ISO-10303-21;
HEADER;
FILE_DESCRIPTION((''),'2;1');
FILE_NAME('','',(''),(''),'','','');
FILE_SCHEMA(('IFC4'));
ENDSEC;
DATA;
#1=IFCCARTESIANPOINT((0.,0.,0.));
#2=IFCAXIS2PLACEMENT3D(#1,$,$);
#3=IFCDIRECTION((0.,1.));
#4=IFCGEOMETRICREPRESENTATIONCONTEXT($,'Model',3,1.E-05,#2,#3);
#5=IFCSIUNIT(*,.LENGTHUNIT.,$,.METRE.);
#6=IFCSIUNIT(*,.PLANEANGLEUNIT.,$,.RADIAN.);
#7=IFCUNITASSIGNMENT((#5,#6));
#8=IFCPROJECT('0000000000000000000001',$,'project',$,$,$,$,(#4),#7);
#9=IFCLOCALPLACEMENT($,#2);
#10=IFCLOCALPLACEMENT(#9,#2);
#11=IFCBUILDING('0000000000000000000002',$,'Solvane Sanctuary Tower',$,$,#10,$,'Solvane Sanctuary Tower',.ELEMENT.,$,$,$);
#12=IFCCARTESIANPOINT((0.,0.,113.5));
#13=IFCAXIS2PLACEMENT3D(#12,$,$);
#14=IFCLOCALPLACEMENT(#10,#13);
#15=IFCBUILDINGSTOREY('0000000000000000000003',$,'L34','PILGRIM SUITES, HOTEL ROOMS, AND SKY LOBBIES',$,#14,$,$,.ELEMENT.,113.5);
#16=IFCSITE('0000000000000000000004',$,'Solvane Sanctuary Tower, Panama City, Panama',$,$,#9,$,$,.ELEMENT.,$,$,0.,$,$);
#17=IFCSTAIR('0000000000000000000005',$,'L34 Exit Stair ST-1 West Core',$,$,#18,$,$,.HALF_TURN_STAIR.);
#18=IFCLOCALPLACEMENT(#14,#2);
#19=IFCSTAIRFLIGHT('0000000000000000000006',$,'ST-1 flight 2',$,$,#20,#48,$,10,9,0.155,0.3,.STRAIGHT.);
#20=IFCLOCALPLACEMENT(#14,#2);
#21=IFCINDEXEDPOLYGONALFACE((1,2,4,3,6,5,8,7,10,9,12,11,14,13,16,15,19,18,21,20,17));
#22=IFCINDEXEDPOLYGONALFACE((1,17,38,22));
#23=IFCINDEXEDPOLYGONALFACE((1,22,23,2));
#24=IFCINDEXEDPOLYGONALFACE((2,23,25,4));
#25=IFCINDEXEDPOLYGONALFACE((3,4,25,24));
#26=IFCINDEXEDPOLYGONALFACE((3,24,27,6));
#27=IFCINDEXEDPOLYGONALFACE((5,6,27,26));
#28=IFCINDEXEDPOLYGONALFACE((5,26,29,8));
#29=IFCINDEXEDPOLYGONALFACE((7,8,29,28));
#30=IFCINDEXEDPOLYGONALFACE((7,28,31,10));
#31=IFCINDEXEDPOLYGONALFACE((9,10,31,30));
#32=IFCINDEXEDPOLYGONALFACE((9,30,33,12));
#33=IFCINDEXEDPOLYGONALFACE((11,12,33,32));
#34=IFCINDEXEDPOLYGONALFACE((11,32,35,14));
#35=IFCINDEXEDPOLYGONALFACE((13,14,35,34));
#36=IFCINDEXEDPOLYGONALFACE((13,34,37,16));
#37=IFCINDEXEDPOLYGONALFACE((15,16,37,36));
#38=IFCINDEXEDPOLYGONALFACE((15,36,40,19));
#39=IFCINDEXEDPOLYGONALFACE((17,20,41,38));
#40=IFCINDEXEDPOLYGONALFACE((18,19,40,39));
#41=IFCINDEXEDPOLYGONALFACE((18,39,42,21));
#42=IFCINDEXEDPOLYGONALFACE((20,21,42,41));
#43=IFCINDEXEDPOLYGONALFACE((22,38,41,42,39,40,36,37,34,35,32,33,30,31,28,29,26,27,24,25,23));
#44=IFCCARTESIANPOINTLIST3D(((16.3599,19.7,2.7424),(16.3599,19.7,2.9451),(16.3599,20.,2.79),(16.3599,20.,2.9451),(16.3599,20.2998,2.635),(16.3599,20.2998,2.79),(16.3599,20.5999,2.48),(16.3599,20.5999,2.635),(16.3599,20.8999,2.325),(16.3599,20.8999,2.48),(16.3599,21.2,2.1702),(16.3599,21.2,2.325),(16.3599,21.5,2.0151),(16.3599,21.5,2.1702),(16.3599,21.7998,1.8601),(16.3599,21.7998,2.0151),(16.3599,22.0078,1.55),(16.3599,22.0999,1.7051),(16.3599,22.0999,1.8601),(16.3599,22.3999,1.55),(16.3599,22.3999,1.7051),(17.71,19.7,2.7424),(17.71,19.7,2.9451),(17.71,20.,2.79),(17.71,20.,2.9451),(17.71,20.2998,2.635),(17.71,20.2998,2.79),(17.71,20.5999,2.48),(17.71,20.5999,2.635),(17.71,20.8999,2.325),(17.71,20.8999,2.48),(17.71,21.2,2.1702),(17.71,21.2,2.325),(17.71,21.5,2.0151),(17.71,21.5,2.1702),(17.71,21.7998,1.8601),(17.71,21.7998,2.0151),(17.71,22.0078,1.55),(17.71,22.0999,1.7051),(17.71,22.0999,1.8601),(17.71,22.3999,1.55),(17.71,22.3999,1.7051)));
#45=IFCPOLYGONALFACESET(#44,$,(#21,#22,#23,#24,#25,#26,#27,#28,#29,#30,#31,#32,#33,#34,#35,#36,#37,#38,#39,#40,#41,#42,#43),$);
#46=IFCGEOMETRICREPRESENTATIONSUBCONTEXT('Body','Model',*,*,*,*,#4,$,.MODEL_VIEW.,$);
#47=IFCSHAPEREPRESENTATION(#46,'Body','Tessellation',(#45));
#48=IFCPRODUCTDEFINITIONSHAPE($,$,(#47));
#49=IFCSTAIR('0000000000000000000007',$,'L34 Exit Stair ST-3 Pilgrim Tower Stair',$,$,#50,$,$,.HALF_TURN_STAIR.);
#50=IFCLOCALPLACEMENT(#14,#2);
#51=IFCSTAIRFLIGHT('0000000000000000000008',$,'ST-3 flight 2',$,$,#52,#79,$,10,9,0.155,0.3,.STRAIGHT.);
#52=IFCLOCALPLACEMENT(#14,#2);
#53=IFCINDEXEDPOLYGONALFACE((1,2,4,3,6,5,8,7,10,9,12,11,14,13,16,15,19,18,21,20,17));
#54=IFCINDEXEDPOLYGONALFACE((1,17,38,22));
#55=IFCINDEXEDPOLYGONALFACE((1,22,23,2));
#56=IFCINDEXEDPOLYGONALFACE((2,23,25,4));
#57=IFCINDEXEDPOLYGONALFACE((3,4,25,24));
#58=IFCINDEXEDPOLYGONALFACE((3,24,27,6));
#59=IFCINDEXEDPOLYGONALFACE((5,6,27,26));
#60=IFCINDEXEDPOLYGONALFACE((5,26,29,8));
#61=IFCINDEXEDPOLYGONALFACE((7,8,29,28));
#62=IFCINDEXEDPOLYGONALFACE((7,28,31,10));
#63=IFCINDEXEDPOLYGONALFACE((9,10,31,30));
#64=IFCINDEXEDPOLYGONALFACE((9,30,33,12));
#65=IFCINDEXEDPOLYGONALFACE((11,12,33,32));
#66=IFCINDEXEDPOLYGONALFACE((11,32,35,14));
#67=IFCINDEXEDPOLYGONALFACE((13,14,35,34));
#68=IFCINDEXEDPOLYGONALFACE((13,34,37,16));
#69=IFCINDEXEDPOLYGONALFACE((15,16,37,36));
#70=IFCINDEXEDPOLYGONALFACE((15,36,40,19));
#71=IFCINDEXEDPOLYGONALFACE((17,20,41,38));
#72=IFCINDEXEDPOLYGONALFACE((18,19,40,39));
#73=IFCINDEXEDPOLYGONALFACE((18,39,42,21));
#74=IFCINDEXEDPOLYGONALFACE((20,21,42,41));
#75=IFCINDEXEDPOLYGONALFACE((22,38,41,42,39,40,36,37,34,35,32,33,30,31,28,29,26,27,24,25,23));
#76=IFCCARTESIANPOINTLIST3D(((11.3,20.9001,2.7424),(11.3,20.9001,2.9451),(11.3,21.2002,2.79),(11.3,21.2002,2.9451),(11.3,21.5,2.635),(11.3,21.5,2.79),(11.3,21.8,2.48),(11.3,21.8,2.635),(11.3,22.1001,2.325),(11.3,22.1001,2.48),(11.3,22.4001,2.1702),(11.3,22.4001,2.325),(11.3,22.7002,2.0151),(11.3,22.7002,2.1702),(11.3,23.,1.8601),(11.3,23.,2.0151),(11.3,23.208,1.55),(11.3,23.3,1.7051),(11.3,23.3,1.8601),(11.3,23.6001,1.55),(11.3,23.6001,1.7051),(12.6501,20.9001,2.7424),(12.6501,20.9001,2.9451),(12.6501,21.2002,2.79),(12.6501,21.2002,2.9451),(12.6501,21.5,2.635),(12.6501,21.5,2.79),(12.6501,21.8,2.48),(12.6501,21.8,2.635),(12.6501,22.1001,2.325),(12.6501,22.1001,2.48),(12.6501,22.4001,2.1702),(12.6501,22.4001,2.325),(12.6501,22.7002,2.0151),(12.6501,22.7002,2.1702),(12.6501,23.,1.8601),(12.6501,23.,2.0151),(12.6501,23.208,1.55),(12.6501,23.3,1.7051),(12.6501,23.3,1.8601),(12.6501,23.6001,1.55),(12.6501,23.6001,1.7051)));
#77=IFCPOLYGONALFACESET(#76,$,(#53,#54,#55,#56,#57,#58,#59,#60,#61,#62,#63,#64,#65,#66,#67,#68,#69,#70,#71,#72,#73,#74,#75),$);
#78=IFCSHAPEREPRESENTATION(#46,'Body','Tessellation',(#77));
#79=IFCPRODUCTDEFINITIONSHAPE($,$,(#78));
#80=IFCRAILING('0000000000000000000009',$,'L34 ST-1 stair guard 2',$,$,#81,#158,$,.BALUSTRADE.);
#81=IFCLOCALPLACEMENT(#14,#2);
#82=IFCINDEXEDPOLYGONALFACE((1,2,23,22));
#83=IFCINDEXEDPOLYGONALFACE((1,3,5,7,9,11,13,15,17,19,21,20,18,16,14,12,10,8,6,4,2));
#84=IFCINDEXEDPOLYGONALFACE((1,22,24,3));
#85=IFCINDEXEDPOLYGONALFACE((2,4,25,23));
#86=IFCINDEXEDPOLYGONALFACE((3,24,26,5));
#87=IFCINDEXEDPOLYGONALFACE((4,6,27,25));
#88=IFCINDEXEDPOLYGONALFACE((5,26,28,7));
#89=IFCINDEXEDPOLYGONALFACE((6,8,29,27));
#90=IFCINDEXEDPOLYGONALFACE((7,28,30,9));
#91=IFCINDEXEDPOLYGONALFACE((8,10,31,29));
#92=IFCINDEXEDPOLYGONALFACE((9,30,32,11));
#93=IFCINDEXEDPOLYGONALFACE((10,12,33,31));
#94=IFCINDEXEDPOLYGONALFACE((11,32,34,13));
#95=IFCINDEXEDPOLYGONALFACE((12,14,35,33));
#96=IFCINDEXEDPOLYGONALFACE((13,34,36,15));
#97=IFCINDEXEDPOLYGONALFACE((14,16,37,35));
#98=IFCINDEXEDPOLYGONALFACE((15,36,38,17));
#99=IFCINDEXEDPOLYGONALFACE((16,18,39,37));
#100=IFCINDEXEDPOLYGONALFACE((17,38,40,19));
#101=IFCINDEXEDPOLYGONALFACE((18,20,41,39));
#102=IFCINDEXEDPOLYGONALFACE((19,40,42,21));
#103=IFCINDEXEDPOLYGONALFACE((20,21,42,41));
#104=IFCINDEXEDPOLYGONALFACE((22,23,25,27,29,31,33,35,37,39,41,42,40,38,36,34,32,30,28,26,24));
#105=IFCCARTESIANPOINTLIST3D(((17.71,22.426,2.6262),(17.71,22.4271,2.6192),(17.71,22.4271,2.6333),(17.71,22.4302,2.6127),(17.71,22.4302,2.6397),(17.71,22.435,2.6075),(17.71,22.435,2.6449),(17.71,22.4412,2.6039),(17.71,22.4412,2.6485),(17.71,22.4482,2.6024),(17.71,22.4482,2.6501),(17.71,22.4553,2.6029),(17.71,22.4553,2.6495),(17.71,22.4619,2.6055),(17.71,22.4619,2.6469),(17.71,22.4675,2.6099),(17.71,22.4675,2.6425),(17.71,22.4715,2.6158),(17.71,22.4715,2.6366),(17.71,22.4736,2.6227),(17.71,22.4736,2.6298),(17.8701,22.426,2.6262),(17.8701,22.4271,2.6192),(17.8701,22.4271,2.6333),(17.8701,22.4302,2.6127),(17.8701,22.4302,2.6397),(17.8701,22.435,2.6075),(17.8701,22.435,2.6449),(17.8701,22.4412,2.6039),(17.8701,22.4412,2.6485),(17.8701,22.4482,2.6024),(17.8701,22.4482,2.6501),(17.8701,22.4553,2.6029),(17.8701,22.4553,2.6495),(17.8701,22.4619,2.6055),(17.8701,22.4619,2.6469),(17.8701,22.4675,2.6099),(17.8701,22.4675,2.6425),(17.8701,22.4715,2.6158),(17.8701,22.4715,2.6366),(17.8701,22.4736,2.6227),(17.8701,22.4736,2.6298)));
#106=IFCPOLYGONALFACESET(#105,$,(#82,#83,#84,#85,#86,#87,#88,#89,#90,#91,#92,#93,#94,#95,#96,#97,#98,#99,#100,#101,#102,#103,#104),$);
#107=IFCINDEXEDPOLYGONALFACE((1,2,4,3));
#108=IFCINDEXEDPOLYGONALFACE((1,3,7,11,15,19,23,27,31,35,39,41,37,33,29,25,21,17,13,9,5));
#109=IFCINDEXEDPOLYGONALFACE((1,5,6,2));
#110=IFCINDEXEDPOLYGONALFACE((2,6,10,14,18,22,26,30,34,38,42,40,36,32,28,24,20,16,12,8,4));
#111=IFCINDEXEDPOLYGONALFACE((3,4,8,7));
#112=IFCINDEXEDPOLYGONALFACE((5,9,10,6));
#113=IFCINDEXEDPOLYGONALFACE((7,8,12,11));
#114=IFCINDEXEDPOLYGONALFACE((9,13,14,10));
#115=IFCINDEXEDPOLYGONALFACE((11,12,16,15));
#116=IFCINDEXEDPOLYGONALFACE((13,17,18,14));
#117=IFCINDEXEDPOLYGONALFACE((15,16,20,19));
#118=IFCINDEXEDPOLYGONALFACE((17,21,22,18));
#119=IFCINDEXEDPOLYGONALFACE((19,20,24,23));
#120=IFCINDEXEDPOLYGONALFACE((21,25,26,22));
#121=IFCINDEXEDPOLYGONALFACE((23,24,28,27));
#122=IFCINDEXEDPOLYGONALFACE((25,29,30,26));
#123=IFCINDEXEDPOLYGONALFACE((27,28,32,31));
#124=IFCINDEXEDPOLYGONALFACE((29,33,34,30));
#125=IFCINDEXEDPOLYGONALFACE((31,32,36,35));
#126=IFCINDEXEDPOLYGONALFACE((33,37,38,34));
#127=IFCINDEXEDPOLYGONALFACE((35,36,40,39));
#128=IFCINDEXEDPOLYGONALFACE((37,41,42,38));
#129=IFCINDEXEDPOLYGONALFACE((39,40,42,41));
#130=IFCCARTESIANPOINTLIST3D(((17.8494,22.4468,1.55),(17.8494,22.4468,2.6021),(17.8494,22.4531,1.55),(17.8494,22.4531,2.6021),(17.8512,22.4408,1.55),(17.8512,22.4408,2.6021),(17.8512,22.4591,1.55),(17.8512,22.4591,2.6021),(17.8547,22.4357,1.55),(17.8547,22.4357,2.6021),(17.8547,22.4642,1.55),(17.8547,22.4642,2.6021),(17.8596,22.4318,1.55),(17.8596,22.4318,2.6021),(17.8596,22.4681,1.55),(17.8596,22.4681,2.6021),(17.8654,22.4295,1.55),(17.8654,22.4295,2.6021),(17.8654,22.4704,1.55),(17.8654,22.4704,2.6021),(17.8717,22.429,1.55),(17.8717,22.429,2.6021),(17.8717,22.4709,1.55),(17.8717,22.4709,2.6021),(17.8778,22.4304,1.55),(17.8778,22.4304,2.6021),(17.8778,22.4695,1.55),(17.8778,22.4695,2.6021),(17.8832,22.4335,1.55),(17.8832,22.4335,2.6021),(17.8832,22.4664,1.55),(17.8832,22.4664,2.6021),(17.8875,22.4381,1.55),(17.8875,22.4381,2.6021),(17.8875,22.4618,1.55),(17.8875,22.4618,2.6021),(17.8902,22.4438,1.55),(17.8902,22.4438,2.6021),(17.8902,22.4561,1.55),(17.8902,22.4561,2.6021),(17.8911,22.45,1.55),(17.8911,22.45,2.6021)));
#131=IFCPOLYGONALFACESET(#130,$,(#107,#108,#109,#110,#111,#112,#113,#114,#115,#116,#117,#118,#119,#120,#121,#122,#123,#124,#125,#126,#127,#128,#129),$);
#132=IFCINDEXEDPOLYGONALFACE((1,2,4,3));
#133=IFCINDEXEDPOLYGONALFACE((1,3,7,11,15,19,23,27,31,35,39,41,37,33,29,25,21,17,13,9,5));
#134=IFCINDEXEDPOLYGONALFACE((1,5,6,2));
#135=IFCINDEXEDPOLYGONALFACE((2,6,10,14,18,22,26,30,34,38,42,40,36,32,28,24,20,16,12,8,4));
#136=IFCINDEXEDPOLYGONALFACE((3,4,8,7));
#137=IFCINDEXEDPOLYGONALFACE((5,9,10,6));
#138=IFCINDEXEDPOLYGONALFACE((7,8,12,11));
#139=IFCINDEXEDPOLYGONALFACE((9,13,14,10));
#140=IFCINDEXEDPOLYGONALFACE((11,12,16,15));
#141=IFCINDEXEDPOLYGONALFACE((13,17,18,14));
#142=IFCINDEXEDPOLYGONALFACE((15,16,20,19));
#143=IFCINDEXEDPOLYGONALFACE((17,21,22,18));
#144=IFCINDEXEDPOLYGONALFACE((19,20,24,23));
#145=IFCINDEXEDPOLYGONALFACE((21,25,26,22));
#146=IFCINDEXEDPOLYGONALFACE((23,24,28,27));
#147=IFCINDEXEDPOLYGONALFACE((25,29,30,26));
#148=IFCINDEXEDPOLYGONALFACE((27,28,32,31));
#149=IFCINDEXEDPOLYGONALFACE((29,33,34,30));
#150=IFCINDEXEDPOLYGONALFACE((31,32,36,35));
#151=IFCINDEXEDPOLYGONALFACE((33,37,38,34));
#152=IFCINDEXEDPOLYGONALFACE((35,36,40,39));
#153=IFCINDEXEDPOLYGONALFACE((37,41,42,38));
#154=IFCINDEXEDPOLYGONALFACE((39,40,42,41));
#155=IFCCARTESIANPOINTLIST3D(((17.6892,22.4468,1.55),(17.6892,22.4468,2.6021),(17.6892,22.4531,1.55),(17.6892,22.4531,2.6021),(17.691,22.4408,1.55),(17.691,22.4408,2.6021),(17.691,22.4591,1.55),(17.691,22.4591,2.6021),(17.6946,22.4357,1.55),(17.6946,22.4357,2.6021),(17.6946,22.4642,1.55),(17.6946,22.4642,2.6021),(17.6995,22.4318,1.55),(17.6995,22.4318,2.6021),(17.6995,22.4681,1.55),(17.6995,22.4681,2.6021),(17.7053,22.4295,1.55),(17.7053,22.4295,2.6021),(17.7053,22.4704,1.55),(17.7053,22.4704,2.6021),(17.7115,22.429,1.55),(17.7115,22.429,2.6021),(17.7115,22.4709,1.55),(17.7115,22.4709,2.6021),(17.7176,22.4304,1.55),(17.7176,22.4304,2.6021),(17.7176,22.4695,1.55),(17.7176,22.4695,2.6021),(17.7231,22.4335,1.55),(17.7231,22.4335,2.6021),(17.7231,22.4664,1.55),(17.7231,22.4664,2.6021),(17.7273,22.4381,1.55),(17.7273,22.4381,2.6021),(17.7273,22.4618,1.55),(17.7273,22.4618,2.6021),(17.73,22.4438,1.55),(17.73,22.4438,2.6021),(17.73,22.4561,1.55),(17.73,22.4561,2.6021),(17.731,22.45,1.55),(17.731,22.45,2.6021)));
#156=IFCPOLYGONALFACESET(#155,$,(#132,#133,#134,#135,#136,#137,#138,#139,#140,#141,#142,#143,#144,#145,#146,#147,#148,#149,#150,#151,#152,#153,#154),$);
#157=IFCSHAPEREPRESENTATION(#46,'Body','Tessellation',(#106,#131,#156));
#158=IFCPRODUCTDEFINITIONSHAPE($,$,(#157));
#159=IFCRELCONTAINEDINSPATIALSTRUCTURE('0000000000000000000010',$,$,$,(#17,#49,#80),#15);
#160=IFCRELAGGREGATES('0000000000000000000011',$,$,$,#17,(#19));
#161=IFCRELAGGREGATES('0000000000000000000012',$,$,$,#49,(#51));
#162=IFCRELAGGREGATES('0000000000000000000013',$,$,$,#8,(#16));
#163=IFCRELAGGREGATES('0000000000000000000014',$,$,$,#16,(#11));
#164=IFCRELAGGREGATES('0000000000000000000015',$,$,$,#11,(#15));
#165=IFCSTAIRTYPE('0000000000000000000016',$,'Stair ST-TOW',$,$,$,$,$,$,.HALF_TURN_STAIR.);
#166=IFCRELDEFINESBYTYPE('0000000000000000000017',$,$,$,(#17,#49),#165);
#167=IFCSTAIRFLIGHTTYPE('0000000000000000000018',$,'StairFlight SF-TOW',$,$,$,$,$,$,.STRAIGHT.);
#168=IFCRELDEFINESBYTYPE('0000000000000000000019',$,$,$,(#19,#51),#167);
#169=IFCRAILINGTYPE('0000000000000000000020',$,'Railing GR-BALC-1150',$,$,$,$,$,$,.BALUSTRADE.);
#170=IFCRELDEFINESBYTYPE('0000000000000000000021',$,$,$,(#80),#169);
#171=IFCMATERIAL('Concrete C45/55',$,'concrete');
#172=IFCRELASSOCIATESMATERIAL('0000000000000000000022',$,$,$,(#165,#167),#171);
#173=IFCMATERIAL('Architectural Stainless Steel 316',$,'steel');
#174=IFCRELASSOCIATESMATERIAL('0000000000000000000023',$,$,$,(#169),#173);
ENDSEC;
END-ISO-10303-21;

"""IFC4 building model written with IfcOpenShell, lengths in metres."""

from ifc_helpers import new_model, si_unit, direction, frame, origin, origin_2d, place, context, subcontext, project, spatial, polyline, circle, outline, extrude, material, type_object, element, aggregate, save


model = new_model("IFC4")

# Units and contexts
model_context = context("Model", 3, precision=1e-05, world=origin(), true_north=direction((0.0, 1.0)))
body_context = subcontext(model_context, "Body", "Model", "MODEL_VIEW")
ifc_project = project(units=[si_unit("LENGTHUNIT", "METRE"), si_unit("PLANEANGLEUNIT", "RADIAN")], contexts=[model_context])

# Site, building, storey
site_placement = place(None, origin())
site = spatial("IfcSite", under=ifc_project, at=site_placement, Name="Solvane Sanctuary Tower, Panama City, Panama", CompositionType="ELEMENT", RefElevation=0.0)
building_placement = place(site_placement, origin())
building = spatial("IfcBuilding", under=site, at=building_placement, Name="Solvane Sanctuary Tower", LongName="Solvane Sanctuary Tower", CompositionType="ELEMENT")
storey_placement = place(building_placement, frame((0.0, 0.0, 113.5)))
storey = spatial("IfcBuildingStorey", under=building, at=storey_placement, Name="L34", Description="PILGRIM SUITES, HOTEL ROOMS, AND SKY LOBBIES", CompositionType="ELEMENT", Elevation=113.5)

# Shared definitions
ifc_material_1 = material(Name="Architectural Stainless Steel 316", Category="steel")

# Stairs, stair flights
ifc_material_2 = material(Name="Concrete C45/55", Category="concrete")
stair_type = type_object("IfcStairType", Name="Stair ST-TOW", PredefinedType="HALF_TURN_STAIR", material=ifc_material_2)
stair_1_placement = place(storey_placement, origin())
stair_1 = element("IfcStair", 1, at=stair_1_placement, inside=storey, type_object=stair_type, Name="L34 Exit Stair ST-1 West Core", PredefinedType="HALF_TURN_STAIR")
stair_flight_type = type_object("IfcStairFlightType", Name="StairFlight SF-TOW", PredefinedType="STRAIGHT", material=ifc_material_2)
stair_flight_1_placement = place(storey_placement, frame((17.0349, 22.3999, 1.55), z_axis=(0.0, 0.0, 1.0), x_axis=(0.0, -1.0, 0.0)))
stair_flight_1 = element("IfcStairFlight", 2, at=stair_flight_1_placement, type_object=stair_flight_type, Name="ST-1 flight 2", NumberOfRisers=10, NumberOfTreads=9, PredefinedType="STRAIGHT", RiserHeight=0.155, TreadLength=0.3, context=body_context, shape_type="SweptSolid", body=[
    extrude(outline(polyline([(0.0, 0.0), (0.0, 0.155), (0.3, 0.155), (0.3, 0.3101), (0.6001, 0.3101), (0.6001, 0.4651), (0.8999, 0.4651), (0.8999, 0.6201), (1.2, 0.6201), (1.2, 0.7749), (1.5, 0.7749), (1.5, 0.9299), (1.8, 0.9299), (1.8, 1.085), (2.1001, 1.085), (2.1001, 1.24), (2.3999, 1.24), (2.3999, 1.395), (2.7, 1.395), (2.7, 1.55), (2.7, 1.1924), (0.3921, 0.0), (0.0, 0.0)])), frame((0.0, 0.675, 0.0), z_axis=(0.0, -1.0, 0.0), x_axis=(1.0, 0.0, 0.0)), (0.0, 0.0, 1.0), 1.3501),
])
aggregate(stair_1, [stair_flight_1])
stair_2_placement = place(storey_placement, origin())
stair_2 = element("IfcStair", 3, at=stair_2_placement, inside=storey, type_object=stair_type, Name="L34 Exit Stair ST-3 Pilgrim Tower Stair", PredefinedType="HALF_TURN_STAIR")
stair_flight_2_placement = place(storey_placement, frame((11.9751, 23.6001, 1.55), z_axis=(0.0, 0.0, 1.0), x_axis=(0.0, -1.0, 0.0)))
stair_flight_2 = element("IfcStairFlight", 4, at=stair_flight_2_placement, type_object=stair_flight_type, Name="ST-3 flight 2", NumberOfRisers=10, NumberOfTreads=9, PredefinedType="STRAIGHT", RiserHeight=0.155, TreadLength=0.3, context=body_context, shape_type="SweptSolid", body=[
    extrude(outline(polyline([(0.0, 0.0), (0.0, 0.155), (0.3, 0.155), (0.3, 0.3101), (0.6001, 0.3101), (0.6001, 0.4651), (0.8999, 0.4651), (0.8999, 0.6201), (1.2, 0.6201), (1.2, 0.7749), (1.5, 0.7749), (1.5, 0.9299), (1.8, 0.9299), (1.8, 1.085), (2.1001, 1.085), (2.1001, 1.24), (2.3999, 1.24), (2.3999, 1.395), (2.7, 1.395), (2.7, 1.55), (2.7, 1.1924), (0.3921, 0.0), (0.0, 0.0)])), frame((0.0, 0.675, 0.0), z_axis=(0.0, -1.0, 0.0), x_axis=(1.0, 0.0, 0.0)), (0.0, 0.0, 1.0), 1.3501),
])
aggregate(stair_2, [stair_flight_2])

# Railing
railing_type_1 = type_object("IfcRailingType", Name="Railing GR-BALC-1150", PredefinedType="BALUSTRADE", material=ifc_material_1)
railing_1_placement = place(storey_placement, frame((17.8701, 22.45, 1.55)))
element("IfcRailing", 5, at=railing_1_placement, inside=storey, type_object=railing_type_1, Name="L34 ST-1 stair guard 2", PredefinedType="BALUSTRADE", context=body_context, shape_type="SweptSolid", body=[
    extrude(circle(Radius=0.0239, at=origin_2d()), frame((0.0, 0.0, 1.0762), z_axis=(-1.0, 0.0, 0.0), x_axis=(0.0, -1.0, 0.0)), (0.0, 0.0, 1.0), 0.1602),
    extrude(circle(Radius=0.021, at=origin_2d()), origin(), (0.0, 0.0, 1.0), 1.052),
    extrude(circle(Radius=0.021, at=origin_2d()), frame((-0.1602, 0.0, 0.0)), (0.0, 0.0, 1.0), 1.052),
])

save(model, "model.ifc")
